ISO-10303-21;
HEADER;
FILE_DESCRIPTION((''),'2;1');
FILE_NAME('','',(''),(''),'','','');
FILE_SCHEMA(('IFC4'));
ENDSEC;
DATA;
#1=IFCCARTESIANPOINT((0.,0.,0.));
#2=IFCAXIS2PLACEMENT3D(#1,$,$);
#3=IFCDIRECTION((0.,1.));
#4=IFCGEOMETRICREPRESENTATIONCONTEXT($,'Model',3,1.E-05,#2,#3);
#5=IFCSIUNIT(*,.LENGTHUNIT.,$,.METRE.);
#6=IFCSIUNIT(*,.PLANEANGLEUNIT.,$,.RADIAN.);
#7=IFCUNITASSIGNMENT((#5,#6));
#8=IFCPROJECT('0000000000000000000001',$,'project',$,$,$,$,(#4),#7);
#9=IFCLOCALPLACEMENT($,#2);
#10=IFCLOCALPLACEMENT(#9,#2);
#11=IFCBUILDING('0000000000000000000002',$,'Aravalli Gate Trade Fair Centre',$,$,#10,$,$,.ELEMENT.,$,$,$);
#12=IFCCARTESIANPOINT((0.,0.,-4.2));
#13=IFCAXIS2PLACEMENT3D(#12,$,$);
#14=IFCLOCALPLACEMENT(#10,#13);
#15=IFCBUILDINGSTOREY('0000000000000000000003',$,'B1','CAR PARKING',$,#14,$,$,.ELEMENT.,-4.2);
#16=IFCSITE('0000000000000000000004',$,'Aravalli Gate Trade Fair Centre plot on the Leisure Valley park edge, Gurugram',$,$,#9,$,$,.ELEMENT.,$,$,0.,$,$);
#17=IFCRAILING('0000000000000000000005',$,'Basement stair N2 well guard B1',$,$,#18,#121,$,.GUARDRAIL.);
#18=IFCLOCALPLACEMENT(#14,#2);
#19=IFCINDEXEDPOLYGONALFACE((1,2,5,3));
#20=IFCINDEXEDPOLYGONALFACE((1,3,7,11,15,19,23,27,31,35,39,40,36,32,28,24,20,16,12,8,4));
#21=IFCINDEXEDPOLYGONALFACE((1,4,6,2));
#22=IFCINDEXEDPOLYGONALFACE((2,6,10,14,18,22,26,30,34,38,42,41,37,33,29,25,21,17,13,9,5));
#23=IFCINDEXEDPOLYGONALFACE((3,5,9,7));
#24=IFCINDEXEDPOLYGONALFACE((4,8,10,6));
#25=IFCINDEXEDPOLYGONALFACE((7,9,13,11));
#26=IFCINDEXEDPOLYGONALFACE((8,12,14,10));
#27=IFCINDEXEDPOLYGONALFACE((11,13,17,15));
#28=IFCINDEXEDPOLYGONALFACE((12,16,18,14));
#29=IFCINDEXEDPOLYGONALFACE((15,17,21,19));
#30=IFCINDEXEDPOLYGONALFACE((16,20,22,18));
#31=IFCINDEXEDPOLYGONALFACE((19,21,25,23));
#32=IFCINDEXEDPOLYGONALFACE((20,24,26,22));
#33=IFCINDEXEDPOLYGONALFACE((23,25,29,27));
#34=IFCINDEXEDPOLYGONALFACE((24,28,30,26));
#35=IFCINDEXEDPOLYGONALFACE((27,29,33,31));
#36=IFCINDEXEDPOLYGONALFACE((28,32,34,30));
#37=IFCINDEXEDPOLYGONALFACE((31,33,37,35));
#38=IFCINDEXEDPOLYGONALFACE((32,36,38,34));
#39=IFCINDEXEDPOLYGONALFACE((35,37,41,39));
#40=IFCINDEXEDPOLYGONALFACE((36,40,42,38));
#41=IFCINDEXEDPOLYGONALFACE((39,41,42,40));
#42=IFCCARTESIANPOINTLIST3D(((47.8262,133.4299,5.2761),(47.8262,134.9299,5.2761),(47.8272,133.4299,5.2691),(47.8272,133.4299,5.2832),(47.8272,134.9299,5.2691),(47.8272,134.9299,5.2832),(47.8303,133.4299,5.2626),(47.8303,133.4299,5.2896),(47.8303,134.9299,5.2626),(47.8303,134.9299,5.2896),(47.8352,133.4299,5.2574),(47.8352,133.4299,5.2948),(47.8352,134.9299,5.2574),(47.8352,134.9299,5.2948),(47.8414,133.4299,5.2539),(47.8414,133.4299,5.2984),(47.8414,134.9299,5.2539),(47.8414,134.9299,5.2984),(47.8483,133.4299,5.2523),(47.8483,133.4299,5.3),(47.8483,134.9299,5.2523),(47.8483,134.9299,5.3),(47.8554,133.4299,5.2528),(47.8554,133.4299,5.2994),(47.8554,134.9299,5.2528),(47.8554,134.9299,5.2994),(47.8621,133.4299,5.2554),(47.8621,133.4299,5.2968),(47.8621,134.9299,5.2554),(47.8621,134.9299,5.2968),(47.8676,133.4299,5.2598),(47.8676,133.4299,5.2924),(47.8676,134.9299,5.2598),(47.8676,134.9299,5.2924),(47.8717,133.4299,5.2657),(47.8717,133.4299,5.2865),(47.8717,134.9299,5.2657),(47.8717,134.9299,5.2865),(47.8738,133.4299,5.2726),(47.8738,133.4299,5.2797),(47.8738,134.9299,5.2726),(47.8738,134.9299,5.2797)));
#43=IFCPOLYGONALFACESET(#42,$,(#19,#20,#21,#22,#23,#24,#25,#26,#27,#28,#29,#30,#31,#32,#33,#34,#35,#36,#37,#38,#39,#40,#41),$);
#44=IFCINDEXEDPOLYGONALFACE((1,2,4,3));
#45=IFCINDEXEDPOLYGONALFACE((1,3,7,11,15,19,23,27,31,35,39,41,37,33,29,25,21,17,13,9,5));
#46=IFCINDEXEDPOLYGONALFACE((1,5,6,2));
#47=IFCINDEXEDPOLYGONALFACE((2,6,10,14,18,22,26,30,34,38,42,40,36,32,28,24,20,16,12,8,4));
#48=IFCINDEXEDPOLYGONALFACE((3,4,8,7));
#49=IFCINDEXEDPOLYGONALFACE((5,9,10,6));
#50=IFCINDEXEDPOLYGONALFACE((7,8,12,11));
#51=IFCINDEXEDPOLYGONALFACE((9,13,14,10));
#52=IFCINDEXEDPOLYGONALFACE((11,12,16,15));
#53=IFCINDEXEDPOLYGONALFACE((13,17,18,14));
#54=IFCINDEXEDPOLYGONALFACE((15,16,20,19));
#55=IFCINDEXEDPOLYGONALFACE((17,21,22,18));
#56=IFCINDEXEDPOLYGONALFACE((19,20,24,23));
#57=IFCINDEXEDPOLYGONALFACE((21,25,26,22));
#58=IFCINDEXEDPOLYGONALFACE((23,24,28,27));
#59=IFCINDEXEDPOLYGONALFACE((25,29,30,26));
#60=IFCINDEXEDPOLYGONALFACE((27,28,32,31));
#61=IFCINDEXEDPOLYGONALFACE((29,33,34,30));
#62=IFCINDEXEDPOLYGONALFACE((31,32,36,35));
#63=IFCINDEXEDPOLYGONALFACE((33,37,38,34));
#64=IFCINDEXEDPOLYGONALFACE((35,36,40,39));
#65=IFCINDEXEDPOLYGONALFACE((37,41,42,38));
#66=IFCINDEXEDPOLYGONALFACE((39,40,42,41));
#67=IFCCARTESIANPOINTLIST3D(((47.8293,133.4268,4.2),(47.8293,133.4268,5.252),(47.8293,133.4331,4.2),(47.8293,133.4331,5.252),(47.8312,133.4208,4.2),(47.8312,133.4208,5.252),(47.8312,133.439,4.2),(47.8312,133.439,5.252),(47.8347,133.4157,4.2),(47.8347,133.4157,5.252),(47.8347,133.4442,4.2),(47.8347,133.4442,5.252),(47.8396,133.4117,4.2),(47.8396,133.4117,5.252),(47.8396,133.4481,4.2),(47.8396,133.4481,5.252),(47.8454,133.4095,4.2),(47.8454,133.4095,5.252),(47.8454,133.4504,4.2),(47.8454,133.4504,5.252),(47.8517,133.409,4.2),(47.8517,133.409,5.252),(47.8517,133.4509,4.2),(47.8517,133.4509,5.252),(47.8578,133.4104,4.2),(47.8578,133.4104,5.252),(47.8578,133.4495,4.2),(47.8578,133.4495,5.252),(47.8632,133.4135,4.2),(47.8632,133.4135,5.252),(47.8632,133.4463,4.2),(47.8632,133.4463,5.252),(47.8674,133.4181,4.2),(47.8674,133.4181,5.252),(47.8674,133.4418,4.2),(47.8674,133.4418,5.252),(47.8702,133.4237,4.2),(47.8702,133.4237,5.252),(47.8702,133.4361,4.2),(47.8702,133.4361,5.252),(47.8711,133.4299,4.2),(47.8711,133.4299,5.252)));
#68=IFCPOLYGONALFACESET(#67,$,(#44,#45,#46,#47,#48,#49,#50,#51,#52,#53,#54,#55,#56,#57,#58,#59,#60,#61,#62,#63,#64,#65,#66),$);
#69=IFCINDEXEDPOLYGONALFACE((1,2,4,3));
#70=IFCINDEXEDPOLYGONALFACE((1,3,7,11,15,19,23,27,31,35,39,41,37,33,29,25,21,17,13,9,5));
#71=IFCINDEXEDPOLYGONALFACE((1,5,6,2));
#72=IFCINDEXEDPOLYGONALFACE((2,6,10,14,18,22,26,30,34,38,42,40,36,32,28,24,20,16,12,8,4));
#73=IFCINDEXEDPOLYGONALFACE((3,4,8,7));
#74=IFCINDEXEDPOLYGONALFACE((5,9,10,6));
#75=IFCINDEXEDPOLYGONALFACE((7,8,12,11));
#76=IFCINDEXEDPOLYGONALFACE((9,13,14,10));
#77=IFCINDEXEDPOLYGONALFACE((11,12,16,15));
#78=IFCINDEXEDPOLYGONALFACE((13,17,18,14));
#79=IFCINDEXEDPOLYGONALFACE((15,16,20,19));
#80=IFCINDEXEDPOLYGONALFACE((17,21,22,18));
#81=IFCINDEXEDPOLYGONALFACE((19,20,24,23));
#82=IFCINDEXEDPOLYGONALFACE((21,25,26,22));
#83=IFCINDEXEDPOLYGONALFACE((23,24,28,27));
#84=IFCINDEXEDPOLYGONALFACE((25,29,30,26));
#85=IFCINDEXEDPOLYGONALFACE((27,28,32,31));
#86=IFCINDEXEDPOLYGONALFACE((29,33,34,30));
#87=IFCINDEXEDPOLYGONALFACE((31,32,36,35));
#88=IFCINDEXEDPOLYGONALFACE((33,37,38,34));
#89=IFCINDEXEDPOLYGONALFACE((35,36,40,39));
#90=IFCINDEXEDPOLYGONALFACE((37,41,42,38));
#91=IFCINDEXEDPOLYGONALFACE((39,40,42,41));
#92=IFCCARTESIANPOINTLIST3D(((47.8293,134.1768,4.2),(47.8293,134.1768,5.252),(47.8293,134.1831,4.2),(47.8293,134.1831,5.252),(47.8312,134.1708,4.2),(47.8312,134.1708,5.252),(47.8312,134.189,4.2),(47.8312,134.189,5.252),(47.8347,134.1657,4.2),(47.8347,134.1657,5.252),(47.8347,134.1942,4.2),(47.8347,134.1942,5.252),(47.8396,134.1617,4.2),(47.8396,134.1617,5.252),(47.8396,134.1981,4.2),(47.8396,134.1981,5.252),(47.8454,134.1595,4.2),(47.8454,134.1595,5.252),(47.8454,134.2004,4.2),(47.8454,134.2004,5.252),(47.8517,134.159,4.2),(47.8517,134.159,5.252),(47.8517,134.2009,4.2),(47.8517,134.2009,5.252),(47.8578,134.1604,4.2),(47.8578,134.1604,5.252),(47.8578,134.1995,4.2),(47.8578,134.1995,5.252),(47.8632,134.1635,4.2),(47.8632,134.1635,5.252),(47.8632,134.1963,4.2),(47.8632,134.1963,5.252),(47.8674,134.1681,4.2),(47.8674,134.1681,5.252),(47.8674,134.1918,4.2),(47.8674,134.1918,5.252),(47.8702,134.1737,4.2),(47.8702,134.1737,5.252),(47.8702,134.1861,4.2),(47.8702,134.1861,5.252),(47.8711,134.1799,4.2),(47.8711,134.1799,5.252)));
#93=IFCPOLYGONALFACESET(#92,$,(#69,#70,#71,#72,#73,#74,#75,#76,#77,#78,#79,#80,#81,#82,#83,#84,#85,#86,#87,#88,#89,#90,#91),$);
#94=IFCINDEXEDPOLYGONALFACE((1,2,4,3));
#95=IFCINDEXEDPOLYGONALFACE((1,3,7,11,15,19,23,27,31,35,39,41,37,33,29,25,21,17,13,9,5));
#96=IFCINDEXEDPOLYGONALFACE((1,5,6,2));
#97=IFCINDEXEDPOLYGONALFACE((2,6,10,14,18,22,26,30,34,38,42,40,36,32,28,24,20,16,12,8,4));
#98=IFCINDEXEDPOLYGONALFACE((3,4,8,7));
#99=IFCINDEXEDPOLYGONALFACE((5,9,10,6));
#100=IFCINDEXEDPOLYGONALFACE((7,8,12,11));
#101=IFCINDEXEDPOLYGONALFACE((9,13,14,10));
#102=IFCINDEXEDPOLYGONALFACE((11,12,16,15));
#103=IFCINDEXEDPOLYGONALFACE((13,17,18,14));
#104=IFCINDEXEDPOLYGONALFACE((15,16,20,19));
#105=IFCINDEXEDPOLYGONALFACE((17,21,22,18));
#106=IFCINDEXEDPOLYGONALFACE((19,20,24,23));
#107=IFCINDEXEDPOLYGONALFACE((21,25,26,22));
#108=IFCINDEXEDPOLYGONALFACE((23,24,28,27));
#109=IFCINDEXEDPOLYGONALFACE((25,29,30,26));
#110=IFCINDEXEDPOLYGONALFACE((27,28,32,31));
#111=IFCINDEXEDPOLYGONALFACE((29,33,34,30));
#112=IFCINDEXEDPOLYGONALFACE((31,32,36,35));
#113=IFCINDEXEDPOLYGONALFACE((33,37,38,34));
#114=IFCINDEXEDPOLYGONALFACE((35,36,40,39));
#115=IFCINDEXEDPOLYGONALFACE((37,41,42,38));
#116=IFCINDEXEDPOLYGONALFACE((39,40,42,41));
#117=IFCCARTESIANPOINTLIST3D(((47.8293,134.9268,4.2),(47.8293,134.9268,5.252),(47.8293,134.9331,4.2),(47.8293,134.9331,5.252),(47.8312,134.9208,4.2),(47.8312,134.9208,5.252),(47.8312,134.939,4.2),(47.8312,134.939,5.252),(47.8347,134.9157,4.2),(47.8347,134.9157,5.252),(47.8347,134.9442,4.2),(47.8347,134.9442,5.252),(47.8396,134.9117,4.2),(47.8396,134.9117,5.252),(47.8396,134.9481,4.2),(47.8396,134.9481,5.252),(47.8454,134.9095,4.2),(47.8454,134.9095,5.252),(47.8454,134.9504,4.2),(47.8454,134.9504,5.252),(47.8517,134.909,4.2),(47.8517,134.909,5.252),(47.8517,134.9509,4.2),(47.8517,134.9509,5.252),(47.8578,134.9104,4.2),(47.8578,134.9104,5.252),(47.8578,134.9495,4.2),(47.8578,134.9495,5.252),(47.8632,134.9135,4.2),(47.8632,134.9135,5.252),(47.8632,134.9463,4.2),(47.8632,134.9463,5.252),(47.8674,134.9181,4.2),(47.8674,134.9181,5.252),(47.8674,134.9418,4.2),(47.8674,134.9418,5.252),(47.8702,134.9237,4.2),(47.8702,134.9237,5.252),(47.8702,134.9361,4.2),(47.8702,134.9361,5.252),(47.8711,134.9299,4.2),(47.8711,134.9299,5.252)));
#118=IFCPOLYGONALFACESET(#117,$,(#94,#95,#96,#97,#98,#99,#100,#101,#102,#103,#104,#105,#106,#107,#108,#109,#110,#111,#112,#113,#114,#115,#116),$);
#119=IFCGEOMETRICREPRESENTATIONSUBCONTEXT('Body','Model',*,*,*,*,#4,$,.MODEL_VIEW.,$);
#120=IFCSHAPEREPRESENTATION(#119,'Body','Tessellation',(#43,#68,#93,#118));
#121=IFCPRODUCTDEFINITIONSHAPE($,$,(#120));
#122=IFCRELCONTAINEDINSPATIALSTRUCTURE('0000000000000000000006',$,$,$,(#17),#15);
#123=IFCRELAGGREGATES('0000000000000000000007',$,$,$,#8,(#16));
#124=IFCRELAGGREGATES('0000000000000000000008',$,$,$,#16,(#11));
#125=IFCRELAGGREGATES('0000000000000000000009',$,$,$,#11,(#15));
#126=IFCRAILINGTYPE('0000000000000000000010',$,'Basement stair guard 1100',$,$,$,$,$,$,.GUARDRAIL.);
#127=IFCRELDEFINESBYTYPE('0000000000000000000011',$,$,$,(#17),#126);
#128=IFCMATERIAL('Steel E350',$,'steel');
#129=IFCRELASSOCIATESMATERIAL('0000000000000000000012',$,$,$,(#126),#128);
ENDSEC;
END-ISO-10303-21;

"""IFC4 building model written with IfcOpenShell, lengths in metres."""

from ifc_helpers import new_model, si_unit, direction, frame, origin, origin_2d, place, context, subcontext, project, spatial, circle, extrude, material, type_object, element, save


model = new_model("IFC4")

# Units and contexts
model_context = context("Model", 3, precision=1e-05, world=origin(), true_north=direction((0.0, 1.0)))
body_context = subcontext(model_context, "Body", "Model", "MODEL_VIEW")
ifc_project = project(units=[si_unit("LENGTHUNIT", "METRE"), si_unit("PLANEANGLEUNIT", "RADIAN")], contexts=[model_context])

# Site, building, storey
site_placement = place(None, origin())
site = spatial("IfcSite", under=ifc_project, at=site_placement, Name="Aravalli Gate Trade Fair Centre plot on the Leisure Valley park edge, Gurugram", CompositionType="ELEMENT", RefElevation=0.0)
building_placement = place(site_placement, origin())
building = spatial("IfcBuilding", under=site, at=building_placement, Name="Aravalli Gate Trade Fair Centre", CompositionType="ELEMENT")
storey_placement = place(building_placement, frame((0.0, 0.0, -4.2)))
storey = spatial("IfcBuildingStorey", under=building, at=storey_placement, Name="B1", Description="CAR PARKING", CompositionType="ELEMENT", Elevation=-4.2)

# Railing
ifc_material_1 = material(Name="Steel E350", Category="steel")
railing_type_1 = type_object("IfcRailingType", Name="Basement stair guard 1100", PredefinedType="GUARDRAIL", material=ifc_material_1)
railing_1_placement = place(storey_placement, frame((47.8501, 133.4299, 4.2)))
element("IfcRailing", 1, at=railing_1_placement, inside=storey, type_object=railing_type_1, Name="Basement stair N2 well guard B1", PredefinedType="GUARDRAIL", context=body_context, shape_type="SweptSolid", body=[
    extrude(circle(Radius=0.0239, at=origin_2d()), frame((0.0, 0.0, 1.0762), z_axis=(0.0, 1.0, 0.0), x_axis=(-1.0, 0.0, 0.0)), (0.0, 0.0, 1.0), 1.5),
    extrude(circle(Radius=0.021, at=origin_2d()), origin(), (0.0, 0.0, 1.0), 1.052),
    extrude(circle(Radius=0.021, at=origin_2d()), frame((0.0, 0.75, 0.0)), (0.0, 0.0, 1.0), 1.052),
    extrude(circle(Radius=0.021, at=origin_2d()), frame((0.0, 1.5, 0.0)), (0.0, 0.0, 1.0), 1.052),
])

save(model, "model.ifc")
